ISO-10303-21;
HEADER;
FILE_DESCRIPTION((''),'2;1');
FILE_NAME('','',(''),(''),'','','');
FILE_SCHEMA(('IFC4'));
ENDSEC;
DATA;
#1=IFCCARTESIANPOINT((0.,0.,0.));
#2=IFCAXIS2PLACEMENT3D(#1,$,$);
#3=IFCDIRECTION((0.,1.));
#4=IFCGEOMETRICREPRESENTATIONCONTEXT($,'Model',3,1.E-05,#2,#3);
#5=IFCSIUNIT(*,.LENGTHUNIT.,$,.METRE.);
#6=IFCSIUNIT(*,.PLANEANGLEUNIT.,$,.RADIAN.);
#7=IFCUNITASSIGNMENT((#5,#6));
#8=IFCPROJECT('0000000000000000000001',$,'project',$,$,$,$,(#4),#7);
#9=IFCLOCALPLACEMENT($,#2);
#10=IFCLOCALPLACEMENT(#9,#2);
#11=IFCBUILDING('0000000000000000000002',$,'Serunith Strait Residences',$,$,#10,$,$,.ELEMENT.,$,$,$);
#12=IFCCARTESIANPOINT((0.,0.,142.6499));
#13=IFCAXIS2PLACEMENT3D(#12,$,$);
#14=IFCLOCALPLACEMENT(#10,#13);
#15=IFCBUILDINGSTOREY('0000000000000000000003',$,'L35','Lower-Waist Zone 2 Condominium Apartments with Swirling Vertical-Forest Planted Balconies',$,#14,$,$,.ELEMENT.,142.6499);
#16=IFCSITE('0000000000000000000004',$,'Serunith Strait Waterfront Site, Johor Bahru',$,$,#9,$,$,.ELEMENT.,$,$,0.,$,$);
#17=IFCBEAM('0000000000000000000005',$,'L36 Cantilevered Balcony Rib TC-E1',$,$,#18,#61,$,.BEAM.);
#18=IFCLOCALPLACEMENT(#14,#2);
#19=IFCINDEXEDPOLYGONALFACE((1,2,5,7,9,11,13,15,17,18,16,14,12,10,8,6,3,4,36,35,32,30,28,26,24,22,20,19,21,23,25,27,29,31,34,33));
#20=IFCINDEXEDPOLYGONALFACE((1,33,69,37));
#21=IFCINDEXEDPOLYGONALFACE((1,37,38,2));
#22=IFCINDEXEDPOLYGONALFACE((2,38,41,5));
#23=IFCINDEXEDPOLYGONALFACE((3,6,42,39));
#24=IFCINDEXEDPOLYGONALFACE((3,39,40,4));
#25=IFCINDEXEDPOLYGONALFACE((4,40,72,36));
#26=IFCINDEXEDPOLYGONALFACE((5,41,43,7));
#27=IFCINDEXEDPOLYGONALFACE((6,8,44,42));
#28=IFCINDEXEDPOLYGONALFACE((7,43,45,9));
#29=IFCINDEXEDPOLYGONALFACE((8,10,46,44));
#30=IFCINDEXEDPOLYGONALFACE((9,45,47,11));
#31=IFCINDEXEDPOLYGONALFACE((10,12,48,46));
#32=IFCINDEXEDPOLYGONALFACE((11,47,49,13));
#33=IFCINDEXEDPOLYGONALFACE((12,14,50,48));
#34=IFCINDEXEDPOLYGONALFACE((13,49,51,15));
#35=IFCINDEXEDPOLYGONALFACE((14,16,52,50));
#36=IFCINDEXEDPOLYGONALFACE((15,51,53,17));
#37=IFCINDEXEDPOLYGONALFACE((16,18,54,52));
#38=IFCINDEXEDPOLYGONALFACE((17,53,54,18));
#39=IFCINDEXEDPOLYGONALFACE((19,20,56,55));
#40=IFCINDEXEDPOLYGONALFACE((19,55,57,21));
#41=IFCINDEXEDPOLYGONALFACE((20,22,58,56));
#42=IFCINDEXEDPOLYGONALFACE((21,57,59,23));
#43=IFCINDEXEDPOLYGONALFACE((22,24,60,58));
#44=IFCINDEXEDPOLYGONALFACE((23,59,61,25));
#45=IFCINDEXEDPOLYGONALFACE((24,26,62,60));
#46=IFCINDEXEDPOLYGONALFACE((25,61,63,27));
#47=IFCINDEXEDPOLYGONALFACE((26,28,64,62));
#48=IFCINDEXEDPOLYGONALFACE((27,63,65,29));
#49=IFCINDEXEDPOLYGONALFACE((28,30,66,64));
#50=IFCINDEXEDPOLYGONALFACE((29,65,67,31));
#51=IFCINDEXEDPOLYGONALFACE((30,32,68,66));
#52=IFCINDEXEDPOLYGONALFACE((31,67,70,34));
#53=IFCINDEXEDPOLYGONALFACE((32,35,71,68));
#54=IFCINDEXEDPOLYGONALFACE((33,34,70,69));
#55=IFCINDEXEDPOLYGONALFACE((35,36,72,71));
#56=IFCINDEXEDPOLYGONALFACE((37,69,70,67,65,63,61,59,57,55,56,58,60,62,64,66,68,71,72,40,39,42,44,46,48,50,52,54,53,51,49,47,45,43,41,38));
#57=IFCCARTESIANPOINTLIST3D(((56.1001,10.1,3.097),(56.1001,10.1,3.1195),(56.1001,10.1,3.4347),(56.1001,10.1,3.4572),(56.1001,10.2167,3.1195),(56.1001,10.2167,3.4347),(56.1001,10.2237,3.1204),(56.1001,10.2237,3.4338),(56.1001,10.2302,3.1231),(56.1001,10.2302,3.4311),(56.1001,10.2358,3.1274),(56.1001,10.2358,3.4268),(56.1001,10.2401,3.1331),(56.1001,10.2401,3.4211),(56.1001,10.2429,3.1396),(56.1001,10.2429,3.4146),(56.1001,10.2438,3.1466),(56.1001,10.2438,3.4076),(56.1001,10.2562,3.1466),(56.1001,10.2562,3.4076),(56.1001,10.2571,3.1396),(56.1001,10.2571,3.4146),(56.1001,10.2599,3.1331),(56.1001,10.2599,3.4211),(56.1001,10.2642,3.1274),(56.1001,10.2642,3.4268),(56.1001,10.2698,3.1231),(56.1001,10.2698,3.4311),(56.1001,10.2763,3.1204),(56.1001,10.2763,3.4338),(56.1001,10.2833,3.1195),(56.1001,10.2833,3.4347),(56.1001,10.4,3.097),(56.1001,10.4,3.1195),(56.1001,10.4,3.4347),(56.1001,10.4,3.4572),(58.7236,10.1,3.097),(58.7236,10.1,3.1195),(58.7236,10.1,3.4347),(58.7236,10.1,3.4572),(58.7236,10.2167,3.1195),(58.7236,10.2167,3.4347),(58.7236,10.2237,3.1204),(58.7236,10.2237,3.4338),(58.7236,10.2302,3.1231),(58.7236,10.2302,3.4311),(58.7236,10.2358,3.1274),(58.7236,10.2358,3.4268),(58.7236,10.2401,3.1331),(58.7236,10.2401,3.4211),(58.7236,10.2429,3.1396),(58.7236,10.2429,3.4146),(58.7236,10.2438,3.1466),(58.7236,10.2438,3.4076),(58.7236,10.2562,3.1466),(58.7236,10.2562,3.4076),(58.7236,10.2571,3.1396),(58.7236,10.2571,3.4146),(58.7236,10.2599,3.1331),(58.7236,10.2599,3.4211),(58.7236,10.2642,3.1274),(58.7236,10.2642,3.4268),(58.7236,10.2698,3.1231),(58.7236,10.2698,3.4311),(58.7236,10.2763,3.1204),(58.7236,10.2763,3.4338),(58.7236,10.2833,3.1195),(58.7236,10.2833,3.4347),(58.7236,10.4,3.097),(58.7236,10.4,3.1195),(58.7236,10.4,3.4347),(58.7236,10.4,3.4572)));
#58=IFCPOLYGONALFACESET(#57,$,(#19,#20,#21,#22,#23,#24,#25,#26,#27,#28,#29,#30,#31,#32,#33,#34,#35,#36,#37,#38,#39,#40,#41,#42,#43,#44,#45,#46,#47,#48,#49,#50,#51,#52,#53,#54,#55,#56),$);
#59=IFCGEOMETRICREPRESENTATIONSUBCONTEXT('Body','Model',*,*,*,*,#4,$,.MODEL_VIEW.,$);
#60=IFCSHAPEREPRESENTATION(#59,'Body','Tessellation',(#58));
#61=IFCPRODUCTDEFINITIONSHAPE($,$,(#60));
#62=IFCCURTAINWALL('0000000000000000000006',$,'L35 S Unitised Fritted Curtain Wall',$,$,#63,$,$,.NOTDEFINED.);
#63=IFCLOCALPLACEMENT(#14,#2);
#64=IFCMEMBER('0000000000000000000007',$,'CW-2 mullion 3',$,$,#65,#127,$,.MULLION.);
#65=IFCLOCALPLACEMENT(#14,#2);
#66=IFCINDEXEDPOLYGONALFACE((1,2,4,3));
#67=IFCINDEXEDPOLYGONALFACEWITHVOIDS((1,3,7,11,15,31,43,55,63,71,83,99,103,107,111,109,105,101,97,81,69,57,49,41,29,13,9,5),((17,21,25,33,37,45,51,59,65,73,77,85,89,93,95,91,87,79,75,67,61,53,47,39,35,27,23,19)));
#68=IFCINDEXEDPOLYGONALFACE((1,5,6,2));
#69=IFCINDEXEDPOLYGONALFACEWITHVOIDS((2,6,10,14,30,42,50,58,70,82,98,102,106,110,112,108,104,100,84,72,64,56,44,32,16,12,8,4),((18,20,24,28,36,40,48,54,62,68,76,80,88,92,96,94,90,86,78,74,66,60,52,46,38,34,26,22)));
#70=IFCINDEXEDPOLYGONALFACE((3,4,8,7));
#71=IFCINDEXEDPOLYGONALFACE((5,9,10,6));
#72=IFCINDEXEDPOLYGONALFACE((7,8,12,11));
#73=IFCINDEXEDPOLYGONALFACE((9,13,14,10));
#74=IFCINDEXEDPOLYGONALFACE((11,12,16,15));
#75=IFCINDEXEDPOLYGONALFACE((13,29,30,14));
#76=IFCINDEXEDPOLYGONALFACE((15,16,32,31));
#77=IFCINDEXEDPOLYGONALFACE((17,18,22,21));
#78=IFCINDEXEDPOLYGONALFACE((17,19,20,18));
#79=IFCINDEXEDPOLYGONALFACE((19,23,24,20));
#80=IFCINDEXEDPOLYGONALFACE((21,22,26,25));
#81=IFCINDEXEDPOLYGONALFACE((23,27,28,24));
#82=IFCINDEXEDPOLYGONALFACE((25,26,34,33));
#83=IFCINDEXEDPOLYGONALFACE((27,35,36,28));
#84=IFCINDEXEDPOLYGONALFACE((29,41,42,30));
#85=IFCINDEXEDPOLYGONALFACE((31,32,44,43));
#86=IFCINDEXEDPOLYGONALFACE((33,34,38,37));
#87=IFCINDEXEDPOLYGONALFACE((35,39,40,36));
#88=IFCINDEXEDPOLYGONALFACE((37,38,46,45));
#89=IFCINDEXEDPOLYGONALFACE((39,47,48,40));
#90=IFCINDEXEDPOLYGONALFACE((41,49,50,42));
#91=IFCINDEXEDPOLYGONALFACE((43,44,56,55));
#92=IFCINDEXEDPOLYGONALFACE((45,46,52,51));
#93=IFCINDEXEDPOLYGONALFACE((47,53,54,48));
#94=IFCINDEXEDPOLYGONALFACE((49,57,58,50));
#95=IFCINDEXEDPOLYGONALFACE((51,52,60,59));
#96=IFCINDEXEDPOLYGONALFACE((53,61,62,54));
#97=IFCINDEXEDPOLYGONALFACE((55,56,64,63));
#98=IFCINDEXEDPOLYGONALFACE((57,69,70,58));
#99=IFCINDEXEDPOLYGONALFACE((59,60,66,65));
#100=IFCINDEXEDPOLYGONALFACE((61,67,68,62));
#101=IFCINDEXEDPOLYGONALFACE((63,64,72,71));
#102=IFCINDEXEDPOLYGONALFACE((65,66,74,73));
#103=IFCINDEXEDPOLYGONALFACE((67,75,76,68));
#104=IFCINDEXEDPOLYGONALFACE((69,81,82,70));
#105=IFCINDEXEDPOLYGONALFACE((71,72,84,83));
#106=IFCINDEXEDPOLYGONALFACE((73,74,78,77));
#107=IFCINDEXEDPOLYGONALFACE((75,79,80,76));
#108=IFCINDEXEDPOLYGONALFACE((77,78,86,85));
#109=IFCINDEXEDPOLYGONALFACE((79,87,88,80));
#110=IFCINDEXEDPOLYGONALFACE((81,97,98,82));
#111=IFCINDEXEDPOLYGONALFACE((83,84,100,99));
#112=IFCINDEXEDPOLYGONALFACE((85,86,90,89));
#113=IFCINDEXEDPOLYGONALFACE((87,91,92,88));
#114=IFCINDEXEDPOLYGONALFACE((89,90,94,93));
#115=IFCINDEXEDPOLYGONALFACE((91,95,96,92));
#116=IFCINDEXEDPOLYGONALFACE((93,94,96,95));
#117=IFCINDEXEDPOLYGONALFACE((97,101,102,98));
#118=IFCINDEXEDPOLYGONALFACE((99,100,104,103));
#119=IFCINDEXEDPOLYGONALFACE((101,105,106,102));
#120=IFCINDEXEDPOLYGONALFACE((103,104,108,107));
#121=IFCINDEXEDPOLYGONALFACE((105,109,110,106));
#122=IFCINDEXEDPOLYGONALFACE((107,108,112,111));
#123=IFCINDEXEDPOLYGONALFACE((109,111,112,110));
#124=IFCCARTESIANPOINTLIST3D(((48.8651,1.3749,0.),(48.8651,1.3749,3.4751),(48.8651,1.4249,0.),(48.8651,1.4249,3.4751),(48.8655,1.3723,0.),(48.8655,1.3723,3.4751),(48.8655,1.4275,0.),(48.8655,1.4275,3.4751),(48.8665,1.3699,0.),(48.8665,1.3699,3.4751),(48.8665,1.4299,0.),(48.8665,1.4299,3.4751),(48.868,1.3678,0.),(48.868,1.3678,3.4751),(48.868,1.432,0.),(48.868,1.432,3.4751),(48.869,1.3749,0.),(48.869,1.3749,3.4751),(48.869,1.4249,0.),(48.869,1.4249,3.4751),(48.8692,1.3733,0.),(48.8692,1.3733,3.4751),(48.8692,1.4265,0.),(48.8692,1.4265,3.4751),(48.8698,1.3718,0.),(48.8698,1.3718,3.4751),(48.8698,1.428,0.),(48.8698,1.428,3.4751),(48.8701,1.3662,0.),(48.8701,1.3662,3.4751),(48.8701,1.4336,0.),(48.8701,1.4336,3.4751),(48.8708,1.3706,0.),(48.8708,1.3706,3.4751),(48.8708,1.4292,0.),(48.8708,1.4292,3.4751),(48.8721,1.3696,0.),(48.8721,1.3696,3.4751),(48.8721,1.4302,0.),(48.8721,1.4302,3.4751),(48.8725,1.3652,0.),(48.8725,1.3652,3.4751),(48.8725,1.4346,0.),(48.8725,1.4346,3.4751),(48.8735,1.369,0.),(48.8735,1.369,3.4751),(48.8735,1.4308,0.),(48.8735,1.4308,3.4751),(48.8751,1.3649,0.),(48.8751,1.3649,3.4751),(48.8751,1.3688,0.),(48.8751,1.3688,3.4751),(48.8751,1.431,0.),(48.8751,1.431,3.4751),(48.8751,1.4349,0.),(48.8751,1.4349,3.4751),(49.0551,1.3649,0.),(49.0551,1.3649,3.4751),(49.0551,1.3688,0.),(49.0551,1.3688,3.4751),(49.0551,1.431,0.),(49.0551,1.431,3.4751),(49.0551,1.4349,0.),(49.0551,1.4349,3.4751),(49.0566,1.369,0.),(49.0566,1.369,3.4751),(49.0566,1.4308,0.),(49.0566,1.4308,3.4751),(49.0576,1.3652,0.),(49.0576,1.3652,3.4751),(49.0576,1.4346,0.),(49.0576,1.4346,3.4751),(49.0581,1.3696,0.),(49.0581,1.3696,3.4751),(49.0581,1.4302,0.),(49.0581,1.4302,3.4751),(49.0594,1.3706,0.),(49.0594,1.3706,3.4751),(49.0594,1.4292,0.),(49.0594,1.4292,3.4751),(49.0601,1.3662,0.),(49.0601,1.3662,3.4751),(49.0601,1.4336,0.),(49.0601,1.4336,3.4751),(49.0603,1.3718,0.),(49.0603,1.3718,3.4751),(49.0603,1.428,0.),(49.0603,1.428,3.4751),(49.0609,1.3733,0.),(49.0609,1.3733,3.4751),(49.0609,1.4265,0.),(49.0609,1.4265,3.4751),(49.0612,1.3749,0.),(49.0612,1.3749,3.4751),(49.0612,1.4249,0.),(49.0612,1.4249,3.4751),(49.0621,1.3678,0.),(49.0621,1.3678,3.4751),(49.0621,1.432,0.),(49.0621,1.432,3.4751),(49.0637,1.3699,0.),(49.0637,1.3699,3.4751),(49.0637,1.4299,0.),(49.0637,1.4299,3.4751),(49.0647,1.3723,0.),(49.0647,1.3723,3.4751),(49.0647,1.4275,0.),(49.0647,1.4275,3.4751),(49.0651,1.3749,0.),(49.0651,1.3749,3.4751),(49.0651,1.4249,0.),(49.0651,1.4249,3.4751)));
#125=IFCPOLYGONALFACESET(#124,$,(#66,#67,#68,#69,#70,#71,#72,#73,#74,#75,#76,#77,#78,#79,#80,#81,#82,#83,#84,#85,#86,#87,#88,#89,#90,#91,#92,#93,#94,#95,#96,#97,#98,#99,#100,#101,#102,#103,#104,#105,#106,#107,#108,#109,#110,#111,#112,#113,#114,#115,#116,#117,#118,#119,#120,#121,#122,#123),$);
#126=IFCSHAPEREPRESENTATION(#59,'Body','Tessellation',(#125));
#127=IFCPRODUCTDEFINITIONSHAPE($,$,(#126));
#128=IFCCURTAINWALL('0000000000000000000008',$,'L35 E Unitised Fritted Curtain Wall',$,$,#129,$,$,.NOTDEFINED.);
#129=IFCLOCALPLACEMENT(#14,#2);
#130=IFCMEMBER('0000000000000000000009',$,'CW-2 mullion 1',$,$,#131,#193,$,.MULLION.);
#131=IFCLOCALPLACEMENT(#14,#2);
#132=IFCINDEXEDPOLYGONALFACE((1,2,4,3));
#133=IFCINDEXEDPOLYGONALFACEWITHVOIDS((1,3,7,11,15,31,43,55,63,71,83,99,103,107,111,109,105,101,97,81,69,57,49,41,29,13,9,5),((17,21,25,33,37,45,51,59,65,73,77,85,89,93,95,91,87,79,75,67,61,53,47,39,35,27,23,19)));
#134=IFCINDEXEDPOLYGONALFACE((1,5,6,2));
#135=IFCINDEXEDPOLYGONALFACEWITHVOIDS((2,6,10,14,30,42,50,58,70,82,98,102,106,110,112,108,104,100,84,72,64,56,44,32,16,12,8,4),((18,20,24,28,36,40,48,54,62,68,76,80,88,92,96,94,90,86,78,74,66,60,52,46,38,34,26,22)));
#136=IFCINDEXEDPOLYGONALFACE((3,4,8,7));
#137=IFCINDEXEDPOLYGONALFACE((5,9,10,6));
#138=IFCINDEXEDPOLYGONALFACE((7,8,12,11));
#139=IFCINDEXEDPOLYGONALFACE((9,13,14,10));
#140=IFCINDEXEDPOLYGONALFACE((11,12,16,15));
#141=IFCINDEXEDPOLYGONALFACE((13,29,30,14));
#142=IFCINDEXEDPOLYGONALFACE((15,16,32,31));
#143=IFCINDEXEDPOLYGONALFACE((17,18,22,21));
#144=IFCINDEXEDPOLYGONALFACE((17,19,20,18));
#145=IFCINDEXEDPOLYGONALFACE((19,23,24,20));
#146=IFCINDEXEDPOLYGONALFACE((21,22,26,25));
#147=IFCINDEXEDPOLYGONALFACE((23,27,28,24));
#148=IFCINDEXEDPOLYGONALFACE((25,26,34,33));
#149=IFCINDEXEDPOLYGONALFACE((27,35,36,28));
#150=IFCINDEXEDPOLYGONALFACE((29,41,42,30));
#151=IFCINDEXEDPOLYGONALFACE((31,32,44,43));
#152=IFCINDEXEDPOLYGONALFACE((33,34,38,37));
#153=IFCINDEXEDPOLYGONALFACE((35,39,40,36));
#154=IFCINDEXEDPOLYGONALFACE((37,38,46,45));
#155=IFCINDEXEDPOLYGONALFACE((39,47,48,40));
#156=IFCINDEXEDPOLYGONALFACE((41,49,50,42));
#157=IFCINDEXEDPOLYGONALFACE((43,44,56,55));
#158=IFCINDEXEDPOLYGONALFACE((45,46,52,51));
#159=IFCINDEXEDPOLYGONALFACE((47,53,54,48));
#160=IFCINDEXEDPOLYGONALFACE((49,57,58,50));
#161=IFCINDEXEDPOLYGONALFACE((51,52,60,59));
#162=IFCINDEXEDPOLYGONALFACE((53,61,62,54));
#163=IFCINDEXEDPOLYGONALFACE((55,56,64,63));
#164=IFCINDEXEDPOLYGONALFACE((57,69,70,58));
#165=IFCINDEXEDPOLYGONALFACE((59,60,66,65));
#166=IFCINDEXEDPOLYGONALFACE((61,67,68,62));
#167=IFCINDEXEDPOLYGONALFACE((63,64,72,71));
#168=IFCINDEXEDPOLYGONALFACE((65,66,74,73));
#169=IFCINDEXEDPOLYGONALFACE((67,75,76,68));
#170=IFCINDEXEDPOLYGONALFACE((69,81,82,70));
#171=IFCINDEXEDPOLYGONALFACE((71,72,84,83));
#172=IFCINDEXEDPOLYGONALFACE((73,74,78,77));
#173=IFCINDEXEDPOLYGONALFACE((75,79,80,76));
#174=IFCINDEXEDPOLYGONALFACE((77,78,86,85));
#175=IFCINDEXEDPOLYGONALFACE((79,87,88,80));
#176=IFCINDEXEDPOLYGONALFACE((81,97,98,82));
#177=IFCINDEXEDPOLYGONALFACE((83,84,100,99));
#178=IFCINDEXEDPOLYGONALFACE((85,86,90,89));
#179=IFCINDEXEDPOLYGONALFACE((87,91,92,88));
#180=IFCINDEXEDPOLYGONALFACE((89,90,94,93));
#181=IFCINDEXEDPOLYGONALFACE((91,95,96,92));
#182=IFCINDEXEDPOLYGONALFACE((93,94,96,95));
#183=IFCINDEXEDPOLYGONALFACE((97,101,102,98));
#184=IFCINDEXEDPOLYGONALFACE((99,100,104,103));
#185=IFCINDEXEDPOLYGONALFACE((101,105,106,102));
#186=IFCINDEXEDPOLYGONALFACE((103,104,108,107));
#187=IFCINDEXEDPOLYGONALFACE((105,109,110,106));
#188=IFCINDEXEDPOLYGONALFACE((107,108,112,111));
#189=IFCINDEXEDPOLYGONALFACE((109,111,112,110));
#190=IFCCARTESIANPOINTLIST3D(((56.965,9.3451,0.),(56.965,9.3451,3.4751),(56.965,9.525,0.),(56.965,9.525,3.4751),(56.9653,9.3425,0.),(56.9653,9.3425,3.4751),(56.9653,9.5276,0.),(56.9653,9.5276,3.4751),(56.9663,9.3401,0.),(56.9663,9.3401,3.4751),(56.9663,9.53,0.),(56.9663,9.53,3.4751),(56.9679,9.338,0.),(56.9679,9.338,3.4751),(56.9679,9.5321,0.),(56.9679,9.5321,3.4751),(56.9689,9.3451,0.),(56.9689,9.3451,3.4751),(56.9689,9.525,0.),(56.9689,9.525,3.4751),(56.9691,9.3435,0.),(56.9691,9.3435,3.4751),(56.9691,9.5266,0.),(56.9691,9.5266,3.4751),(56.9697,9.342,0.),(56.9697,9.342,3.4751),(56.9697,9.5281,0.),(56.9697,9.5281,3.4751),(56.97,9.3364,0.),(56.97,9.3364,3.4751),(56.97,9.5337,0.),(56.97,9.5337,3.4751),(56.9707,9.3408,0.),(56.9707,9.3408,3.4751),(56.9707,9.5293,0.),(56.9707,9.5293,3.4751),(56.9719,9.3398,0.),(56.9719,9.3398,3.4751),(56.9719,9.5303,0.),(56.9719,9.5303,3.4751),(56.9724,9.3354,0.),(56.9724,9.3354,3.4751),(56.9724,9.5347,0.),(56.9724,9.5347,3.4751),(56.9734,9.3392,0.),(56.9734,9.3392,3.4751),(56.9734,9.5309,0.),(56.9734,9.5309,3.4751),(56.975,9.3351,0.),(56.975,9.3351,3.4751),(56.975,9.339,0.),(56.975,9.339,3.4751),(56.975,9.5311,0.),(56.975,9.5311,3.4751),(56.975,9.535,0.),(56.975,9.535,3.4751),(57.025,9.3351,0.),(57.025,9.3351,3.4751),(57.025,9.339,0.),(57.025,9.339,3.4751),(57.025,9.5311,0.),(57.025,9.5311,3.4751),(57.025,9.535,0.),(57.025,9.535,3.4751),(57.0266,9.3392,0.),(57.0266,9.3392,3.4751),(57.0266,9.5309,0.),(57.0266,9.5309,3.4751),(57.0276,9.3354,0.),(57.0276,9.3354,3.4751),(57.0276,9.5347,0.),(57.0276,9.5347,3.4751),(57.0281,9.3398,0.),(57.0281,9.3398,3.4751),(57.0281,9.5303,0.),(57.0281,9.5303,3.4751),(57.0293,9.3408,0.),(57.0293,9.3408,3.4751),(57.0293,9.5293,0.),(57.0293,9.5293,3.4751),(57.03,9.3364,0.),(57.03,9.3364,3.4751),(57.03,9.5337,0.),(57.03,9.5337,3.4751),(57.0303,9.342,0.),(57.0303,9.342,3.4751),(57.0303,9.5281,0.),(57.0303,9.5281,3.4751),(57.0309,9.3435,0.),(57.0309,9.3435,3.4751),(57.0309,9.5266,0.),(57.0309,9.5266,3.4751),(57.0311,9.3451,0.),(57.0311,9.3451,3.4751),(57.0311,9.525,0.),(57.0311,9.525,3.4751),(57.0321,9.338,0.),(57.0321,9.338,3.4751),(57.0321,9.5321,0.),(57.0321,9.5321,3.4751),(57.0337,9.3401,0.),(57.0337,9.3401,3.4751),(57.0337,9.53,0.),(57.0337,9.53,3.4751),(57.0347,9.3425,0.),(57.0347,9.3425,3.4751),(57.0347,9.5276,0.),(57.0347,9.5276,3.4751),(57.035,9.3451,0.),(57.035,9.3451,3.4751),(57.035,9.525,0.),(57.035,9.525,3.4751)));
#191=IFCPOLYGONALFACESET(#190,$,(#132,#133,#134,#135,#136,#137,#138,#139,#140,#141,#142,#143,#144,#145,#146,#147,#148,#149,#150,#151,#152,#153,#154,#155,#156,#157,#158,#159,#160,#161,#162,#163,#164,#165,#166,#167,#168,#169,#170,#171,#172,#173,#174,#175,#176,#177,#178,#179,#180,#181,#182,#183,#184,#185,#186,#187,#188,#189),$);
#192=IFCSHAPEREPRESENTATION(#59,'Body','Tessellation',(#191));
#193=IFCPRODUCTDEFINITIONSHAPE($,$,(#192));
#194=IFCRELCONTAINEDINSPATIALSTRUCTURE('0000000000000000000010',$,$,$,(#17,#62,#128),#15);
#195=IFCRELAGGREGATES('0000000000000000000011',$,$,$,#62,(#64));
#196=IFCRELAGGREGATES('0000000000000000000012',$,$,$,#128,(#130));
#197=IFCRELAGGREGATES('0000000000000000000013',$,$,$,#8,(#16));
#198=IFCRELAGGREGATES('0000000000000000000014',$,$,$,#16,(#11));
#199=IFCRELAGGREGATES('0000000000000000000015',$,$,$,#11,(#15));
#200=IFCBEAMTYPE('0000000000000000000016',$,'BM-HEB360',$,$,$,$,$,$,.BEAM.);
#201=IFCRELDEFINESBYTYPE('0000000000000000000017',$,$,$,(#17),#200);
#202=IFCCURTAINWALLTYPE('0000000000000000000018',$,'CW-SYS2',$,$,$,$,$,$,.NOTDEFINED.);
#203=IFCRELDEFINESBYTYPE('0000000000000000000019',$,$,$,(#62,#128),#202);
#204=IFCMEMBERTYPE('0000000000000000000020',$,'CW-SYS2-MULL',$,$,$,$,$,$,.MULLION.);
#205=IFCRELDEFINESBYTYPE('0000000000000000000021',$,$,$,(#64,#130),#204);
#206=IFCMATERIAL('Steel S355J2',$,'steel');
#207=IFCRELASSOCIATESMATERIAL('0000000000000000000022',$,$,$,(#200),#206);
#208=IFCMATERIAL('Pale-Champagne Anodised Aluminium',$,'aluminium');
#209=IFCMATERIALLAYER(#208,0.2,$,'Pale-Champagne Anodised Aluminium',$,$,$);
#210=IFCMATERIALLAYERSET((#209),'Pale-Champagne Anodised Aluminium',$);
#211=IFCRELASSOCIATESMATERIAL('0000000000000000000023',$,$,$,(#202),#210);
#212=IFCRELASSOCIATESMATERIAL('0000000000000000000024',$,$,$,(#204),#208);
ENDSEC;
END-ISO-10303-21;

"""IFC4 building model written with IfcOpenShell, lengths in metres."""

from ifc_helpers import new_model, si_unit, direction, frame, origin, origin_2d, place, context, subcontext, project, spatial, hollow_rectangle, i_section, extrude, source, transform, mapped, material, layer, layer_set, material_profile, profile_set, type_object, element, aggregate, save


model = new_model("IFC4")

# Units and contexts
model_context = context("Model", 3, precision=1e-05, world=origin(), true_north=direction((0.0, 1.0)))
body_context = subcontext(model_context, "Body", "Model", "MODEL_VIEW")
ifc_project = project(units=[si_unit("LENGTHUNIT", "METRE"), si_unit("PLANEANGLEUNIT", "RADIAN")], contexts=[model_context])

# Site, building, storey
site_placement = place(None, origin())
site = spatial("IfcSite", under=ifc_project, at=site_placement, Name="Serunith Strait Waterfront Site, Johor Bahru", CompositionType="ELEMENT", RefElevation=0.0)
building_placement = place(site_placement, origin())
building = spatial("IfcBuilding", under=site, at=building_placement, Name="Serunith Strait Residences", CompositionType="ELEMENT")
storey_placement = place(building_placement, frame((0.0, 0.0, 142.6499)))
storey = spatial("IfcBuildingStorey", under=building, at=storey_placement, Name="L35", Description="Lower-Waist Zone 2 Condominium Apartments with Swirling Vertical-Forest Planted Balconies", CompositionType="ELEMENT", Elevation=142.6499)

# Beam
ifc_material_1 = material(Name="Steel S355J2", Category="steel")
ifc_material_profile_1 = material_profile(ifc_material_1, i_section(OverallWidth=0.3, OverallDepth=0.3601, WebThickness=0.0125, FlangeThickness=0.0225, FilletRadius=0.0271, at=origin_2d()), Name="HEB 360")
ifc_profile_set_1 = profile_set([ifc_material_profile_1], Name="Steel S355J2")
beam_type_1 = type_object("IfcBeamType", Name="BM-HEB360", PredefinedType="BEAM", material=ifc_profile_set_1)
shared_shape_1 = source(origin(), body_context, "Body", "SweptSolid", [
    extrude(i_section(OverallWidth=0.3, OverallDepth=0.3601, WebThickness=0.0125, FlangeThickness=0.0225, FilletRadius=0.0271, at=origin_2d()), origin(), (0.0, 0.0, 1.0), 2.6235),
])
beam_1_placement = place(storey_placement, frame((56.1001, 10.25, 3.2771), z_axis=(1.0, 0.0, 0.0), x_axis=(0.0, 1.0, 0.0)))
element("IfcBeam", 1, at=beam_1_placement, inside=storey, type_object=beam_type_1, Name="L36 Cantilevered Balcony Rib TC-E1", PredefinedType="BEAM", context=body_context, shape_type="MappedRepresentation", body=[
    mapped(shared_shape_1, transform((0.0, 0.0, 0.0), scale=1.0)),
])

# Curtain wall, member
ifc_material_2 = material(Name="Pale-Champagne Anodised Aluminium", Category="aluminium")
ifc_layer_1 = layer(ifc_material_2, 0.2, Name="Pale-Champagne Anodised Aluminium")
ifc_layer_set_1 = layer_set([ifc_layer_1], Name="Pale-Champagne Anodised Aluminium")
curtain_wall_type = type_object("IfcCurtainWallType", Name="CW-SYS2", PredefinedType="NOTDEFINED", material=ifc_layer_set_1)
curtain_wall_1_placement = place(storey_placement, origin())
curtain_wall_1 = element("IfcCurtainWall", 2, at=curtain_wall_1_placement, inside=storey, type_object=curtain_wall_type, Name="L35 S Unitised Fritted Curtain Wall", PredefinedType="NOTDEFINED")
ifc_material_profile_2 = material_profile(ifc_material_2, hollow_rectangle(XDim=0.0701, YDim=0.2, WallThickness=0.0039, InnerFilletRadius=0.0061, OuterFilletRadius=0.01, at=origin_2d()), Name="ALU 200x70x4")
ifc_profile_set_2 = profile_set([ifc_material_profile_2], Name="Pale-Champagne Anodised Aluminium")
member_type_1 = type_object("IfcMemberType", Name="CW-SYS2-MULL", PredefinedType="MULLION", material=ifc_profile_set_2)
shared_shape_2 = source(origin(), body_context, "Body", "SweptSolid", [
    extrude(hollow_rectangle(XDim=0.0701, YDim=0.2, WallThickness=0.0039, InnerFilletRadius=0.0061, OuterFilletRadius=0.01, at=origin_2d()), origin(), (0.0, 0.0, 1.0), 3.4751),
])
member_1_placement = place(storey_placement, frame((48.9651, 1.3999, 0.0), z_axis=(0.0, 0.0, 1.0), x_axis=(0.0, 1.0, 0.0)))
member_1 = element("IfcMember", 3, at=member_1_placement, type_object=member_type_1, Name="CW-2 mullion 3", PredefinedType="MULLION", context=body_context, shape_type="MappedRepresentation", body=[
    mapped(shared_shape_2, transform((0.0, 0.0, 0.0), scale=1.0)),
])
aggregate(curtain_wall_1, [member_1])

# Curtain wall, member
curtain_wall_2_placement = place(storey_placement, origin())
curtain_wall_2 = element("IfcCurtainWall", 4, at=curtain_wall_2_placement, inside=storey, type_object=curtain_wall_type, Name="L35 E Unitised Fritted Curtain Wall", PredefinedType="NOTDEFINED")
member_2_placement = place(storey_placement, frame((57.0, 9.4351, 0.0), z_axis=(0.0, 0.0, 1.0), x_axis=(-1.0, 0.0, 0.0)))
member_2 = element("IfcMember", 5, at=member_2_placement, type_object=member_type_1, Name="CW-2 mullion 1", PredefinedType="MULLION", context=body_context, shape_type="MappedRepresentation", body=[
    mapped(shared_shape_2, transform((0.0, 0.0, 0.0), scale=1.0)),
])
aggregate(curtain_wall_2, [member_2])

save(model, "model.ifc")
